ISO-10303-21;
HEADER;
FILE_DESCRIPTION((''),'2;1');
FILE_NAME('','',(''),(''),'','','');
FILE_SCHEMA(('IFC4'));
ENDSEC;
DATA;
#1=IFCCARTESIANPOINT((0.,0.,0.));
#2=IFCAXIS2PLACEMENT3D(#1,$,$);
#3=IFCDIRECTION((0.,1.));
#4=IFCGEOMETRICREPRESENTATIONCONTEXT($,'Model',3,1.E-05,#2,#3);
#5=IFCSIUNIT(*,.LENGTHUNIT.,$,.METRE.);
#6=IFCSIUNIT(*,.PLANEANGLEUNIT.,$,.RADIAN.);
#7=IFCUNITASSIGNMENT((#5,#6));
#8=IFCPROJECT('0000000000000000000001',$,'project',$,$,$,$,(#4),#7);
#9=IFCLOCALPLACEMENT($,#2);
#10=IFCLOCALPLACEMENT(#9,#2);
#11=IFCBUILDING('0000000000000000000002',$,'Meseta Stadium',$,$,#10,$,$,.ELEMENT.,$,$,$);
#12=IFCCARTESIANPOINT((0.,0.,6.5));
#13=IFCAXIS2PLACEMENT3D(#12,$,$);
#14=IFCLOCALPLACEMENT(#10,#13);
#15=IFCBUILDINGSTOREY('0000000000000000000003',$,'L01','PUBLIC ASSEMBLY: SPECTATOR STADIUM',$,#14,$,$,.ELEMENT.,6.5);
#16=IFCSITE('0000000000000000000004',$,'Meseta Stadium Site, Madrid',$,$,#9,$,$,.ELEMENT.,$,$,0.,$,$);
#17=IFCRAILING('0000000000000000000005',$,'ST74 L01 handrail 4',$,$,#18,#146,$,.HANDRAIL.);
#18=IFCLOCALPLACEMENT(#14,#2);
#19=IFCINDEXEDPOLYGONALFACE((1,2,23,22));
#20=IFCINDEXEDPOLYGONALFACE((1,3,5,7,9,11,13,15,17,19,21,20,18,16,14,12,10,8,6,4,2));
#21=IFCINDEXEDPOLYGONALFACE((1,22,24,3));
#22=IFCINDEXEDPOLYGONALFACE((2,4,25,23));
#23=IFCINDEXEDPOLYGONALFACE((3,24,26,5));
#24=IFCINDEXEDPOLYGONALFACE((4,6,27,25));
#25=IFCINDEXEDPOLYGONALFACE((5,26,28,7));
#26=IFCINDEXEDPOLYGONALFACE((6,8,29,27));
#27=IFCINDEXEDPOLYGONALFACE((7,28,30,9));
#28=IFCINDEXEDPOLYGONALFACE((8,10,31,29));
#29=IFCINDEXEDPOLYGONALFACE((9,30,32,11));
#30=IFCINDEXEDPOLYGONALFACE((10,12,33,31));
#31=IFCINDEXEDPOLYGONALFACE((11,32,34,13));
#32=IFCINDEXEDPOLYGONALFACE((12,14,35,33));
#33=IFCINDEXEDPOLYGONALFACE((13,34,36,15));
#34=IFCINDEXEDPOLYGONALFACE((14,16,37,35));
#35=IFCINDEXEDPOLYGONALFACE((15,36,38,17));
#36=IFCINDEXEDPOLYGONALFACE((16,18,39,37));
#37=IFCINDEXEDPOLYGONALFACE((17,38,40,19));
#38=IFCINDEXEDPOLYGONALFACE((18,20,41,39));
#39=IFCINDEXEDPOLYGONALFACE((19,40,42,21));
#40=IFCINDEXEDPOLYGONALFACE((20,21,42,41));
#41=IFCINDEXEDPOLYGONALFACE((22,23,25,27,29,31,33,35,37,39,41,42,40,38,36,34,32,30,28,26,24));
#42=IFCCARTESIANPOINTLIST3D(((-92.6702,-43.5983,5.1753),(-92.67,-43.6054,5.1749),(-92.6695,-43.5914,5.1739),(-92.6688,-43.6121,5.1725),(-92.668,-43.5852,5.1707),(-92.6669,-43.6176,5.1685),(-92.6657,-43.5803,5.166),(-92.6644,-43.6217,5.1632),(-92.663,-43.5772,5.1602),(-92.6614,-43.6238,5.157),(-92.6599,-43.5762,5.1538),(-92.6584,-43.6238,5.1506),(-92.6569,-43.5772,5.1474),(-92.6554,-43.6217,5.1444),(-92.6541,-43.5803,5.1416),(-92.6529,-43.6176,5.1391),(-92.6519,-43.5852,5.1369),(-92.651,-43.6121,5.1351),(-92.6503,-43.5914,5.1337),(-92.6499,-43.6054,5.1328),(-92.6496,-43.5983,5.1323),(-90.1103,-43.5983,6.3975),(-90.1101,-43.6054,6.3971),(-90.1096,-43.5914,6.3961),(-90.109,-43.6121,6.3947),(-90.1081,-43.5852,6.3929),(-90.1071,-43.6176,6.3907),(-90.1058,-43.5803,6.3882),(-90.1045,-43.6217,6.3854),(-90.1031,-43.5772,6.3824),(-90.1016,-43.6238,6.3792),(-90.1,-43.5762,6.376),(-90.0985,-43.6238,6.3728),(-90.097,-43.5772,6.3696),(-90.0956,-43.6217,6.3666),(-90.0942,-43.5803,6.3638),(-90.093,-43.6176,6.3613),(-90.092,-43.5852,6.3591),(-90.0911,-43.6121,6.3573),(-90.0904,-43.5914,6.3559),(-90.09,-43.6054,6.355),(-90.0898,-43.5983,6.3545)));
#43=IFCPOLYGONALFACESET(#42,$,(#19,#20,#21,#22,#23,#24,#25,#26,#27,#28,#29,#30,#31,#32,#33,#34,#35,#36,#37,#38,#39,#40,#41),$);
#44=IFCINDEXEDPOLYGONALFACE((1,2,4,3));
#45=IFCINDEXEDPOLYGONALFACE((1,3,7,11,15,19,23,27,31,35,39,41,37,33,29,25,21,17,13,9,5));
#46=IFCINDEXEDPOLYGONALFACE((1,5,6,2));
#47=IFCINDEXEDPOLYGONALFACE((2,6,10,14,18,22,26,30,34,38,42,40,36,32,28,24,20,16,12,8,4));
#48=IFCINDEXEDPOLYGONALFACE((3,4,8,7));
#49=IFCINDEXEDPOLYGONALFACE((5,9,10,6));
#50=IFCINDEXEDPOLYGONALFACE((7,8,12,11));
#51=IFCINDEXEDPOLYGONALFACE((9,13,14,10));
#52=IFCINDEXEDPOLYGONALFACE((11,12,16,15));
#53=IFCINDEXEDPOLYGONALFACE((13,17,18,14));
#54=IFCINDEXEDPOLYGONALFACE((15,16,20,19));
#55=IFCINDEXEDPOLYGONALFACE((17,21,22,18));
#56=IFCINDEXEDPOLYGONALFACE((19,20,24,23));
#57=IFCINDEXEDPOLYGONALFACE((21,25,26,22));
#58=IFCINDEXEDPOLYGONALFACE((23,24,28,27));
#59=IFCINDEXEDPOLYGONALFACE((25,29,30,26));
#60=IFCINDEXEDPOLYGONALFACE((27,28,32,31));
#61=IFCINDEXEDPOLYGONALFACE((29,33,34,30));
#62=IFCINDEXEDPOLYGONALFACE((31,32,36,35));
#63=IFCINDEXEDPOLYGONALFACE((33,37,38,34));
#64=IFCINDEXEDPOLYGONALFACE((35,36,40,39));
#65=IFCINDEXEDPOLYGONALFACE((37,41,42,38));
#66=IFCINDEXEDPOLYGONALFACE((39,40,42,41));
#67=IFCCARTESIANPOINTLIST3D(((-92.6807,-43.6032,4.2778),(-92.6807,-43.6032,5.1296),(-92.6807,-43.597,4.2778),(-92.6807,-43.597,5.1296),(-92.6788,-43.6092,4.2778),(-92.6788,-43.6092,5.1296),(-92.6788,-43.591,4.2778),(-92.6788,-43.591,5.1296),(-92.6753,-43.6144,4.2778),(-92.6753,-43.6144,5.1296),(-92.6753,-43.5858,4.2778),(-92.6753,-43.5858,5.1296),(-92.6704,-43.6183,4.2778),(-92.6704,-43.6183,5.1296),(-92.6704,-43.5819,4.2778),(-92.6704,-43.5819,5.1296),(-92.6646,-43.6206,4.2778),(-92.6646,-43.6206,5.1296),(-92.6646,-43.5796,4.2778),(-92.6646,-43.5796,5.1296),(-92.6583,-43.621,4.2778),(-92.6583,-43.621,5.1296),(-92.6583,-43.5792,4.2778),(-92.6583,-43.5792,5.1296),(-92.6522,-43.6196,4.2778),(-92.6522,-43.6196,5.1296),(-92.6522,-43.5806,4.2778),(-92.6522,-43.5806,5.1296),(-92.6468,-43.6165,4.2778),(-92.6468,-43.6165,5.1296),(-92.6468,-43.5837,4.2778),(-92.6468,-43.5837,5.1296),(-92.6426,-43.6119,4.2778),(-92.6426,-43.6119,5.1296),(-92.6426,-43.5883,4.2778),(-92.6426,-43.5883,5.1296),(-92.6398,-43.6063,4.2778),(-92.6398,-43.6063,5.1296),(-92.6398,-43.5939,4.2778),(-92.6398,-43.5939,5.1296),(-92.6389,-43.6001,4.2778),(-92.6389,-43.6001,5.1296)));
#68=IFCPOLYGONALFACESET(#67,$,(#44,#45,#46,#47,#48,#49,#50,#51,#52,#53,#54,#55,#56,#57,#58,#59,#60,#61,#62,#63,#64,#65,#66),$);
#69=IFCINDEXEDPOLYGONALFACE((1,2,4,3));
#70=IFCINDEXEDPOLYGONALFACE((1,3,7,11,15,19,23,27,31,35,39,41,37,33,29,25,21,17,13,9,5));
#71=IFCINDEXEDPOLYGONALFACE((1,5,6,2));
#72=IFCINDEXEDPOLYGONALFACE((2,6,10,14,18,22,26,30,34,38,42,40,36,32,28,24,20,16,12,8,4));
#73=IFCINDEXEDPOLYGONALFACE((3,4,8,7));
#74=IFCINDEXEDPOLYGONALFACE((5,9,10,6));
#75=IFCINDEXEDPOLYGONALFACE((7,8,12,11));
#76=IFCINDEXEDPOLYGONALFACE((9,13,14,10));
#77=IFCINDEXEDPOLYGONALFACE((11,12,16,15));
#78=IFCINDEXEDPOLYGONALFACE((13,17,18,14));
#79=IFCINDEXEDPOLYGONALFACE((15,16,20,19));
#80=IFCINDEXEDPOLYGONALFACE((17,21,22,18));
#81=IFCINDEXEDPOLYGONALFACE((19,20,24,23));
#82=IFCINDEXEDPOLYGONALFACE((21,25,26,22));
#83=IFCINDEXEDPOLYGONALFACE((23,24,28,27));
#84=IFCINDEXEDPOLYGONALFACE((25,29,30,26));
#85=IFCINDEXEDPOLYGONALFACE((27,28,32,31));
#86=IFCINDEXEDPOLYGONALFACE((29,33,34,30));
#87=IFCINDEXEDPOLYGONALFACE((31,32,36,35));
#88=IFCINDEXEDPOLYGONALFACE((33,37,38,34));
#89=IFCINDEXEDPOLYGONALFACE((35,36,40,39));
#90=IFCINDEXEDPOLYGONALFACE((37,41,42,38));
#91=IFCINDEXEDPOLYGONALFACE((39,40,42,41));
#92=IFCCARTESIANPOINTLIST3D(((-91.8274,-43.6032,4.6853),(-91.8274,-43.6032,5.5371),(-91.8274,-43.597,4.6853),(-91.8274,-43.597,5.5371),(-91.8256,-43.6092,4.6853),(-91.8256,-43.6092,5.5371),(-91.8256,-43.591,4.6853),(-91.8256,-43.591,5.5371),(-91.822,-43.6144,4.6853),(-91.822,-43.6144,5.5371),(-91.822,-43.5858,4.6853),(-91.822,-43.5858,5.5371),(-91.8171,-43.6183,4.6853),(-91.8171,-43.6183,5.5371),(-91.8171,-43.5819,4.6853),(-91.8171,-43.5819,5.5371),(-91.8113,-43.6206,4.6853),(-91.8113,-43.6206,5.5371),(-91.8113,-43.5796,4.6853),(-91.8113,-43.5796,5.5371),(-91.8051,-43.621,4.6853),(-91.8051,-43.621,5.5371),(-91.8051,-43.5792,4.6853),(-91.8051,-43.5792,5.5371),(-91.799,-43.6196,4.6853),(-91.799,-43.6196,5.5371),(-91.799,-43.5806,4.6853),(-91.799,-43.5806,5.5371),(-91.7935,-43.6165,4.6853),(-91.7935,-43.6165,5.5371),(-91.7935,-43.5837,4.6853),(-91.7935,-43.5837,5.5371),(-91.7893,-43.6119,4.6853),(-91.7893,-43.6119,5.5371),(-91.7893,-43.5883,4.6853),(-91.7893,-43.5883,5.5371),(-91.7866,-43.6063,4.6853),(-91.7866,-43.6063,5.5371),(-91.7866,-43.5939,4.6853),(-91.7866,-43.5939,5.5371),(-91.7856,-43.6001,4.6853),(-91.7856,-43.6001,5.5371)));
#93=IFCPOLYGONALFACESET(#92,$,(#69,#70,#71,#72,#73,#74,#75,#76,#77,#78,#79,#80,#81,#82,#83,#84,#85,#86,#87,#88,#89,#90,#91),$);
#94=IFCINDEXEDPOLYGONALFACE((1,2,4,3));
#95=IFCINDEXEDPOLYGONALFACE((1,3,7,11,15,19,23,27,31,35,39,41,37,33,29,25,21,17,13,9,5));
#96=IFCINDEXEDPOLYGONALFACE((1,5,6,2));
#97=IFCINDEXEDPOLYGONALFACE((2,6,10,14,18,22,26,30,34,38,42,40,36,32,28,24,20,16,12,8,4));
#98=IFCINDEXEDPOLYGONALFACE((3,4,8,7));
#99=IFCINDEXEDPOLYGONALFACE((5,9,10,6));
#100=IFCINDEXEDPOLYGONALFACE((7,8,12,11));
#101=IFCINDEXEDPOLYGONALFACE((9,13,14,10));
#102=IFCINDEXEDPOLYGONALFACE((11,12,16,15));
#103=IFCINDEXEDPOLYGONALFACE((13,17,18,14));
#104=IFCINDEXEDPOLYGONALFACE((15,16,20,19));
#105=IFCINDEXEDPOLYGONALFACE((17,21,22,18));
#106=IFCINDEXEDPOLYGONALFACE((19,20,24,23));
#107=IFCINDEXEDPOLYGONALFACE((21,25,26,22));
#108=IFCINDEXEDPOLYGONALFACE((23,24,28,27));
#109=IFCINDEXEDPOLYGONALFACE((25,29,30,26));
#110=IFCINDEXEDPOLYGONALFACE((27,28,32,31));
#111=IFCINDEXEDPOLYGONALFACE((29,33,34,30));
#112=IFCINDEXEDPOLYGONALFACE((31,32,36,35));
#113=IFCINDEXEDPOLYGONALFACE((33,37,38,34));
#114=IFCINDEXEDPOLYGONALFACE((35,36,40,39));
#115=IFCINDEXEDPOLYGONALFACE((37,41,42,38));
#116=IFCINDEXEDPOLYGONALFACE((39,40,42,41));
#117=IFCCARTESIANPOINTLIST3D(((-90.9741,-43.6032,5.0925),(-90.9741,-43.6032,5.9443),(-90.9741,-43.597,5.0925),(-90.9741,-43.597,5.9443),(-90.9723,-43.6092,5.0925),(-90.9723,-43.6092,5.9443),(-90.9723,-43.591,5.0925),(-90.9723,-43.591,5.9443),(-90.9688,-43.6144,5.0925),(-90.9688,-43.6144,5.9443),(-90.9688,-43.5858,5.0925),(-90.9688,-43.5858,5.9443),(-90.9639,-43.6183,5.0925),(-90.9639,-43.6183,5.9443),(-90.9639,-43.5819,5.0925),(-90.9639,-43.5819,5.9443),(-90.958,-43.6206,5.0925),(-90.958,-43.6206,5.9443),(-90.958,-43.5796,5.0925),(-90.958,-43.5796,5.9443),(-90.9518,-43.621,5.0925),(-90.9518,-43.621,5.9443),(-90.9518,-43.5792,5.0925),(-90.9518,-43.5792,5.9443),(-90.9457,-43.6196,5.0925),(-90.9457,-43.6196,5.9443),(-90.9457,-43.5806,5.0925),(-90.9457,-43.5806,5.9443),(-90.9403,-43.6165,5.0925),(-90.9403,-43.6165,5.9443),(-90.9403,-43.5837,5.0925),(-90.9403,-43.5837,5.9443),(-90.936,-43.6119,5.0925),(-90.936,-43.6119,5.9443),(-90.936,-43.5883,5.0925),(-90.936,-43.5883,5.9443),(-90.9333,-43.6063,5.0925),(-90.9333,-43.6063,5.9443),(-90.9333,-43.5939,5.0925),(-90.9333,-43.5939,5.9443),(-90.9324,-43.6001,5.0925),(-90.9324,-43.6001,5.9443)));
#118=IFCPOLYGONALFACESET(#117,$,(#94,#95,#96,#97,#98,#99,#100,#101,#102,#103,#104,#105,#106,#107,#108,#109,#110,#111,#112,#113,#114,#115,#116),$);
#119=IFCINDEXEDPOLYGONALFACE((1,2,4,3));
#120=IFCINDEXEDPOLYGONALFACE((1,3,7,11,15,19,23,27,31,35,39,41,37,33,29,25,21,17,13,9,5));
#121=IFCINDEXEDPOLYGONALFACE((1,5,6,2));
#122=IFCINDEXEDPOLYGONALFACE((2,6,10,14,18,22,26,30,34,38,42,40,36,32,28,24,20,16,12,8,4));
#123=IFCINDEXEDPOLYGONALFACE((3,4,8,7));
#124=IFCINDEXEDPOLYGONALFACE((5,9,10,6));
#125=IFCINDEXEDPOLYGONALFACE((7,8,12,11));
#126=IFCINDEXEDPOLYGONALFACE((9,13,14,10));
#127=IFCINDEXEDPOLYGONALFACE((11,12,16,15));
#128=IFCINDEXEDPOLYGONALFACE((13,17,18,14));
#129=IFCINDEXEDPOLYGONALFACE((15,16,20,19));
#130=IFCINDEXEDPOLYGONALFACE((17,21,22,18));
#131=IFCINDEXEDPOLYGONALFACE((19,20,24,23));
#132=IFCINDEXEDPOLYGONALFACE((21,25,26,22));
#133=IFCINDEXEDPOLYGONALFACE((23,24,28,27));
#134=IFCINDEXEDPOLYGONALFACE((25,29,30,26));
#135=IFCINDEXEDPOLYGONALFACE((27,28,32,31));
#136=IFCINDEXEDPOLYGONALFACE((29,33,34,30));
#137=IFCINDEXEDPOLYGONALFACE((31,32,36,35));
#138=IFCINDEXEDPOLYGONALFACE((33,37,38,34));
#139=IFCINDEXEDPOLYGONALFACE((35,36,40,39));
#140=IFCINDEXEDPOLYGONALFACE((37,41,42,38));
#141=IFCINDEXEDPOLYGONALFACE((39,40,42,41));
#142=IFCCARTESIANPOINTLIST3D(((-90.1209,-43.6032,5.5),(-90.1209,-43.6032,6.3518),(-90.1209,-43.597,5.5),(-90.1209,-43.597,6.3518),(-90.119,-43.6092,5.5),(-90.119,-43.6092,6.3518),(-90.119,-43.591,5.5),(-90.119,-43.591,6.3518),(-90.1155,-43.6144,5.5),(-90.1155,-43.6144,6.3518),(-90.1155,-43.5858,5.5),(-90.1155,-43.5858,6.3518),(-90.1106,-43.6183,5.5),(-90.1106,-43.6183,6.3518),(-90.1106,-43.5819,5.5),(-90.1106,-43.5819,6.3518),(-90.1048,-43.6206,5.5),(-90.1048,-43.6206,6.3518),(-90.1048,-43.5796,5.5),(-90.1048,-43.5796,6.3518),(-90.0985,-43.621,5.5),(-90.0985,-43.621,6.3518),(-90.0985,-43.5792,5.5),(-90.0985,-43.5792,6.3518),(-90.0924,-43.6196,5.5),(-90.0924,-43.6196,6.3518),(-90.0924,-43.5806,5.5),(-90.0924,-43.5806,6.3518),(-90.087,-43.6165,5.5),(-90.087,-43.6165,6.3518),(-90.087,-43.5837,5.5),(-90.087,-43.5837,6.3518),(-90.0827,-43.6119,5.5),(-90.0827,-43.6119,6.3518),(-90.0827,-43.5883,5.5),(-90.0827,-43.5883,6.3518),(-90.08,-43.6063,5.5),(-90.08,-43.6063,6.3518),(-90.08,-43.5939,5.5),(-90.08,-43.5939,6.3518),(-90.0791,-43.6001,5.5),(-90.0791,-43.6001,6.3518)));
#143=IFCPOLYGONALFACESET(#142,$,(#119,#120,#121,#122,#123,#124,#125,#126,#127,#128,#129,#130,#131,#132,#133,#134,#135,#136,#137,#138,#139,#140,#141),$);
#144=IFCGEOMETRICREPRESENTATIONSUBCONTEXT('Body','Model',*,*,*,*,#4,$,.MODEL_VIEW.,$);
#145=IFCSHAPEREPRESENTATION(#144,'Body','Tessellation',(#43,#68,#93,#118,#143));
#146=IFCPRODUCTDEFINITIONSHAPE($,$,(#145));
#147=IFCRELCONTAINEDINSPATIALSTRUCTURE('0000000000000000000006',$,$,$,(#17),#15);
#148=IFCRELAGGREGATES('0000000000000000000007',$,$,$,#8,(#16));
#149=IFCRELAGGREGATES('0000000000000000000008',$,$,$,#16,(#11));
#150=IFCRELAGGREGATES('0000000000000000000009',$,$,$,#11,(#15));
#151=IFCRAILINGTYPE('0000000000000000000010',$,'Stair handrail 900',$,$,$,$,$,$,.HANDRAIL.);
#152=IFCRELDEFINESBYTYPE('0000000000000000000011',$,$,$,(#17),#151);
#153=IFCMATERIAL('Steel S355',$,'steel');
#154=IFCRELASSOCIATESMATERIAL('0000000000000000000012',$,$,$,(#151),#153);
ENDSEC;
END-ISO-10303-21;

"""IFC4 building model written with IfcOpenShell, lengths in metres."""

from ifc_helpers import new_model, si_unit, direction, frame, origin, origin_2d, place, context, subcontext, project, spatial, circle, extrude, material, type_object, element, save


model = new_model("IFC4")

# Units and contexts
model_context = context("Model", 3, precision=1e-05, world=origin(), true_north=direction((0.0, 1.0)))
body_context = subcontext(model_context, "Body", "Model", "MODEL_VIEW")
ifc_project = project(units=[si_unit("LENGTHUNIT", "METRE"), si_unit("PLANEANGLEUNIT", "RADIAN")], contexts=[model_context])

# Site, building, storey
site_placement = place(None, origin())
site = spatial("IfcSite", under=ifc_project, at=site_placement, Name="Meseta Stadium Site, Madrid", CompositionType="ELEMENT", RefElevation=0.0)
building_placement = place(site_placement, origin())
building = spatial("IfcBuilding", under=site, at=building_placement, Name="Meseta Stadium", CompositionType="ELEMENT")
storey_placement = place(building_placement, frame((0.0, 0.0, 6.5)))
storey = spatial("IfcBuildingStorey", under=building, at=storey_placement, Name="L01", Description="PUBLIC ASSEMBLY: SPECTATOR STADIUM", CompositionType="ELEMENT", Elevation=6.5)

# Railing
ifc_material_1 = material(Name="Steel S355", Category="steel")
railing_type_1 = type_object("IfcRailingType", Name="Stair handrail 900", PredefinedType="HANDRAIL", material=ifc_material_1)
for number, where, name in (
    (1, (-92.6599, -43.6001, 4.2778), "ST74 L01 handrail 4"),
):
    element("IfcRailing", number, at=place(storey_placement, frame(where)), inside=storey, type_object=railing_type_1, Name=name, PredefinedType="HANDRAIL", context=body_context, shape_type="SweptSolid", body=[
        extrude(circle(Radius=0.0239, at=origin_2d()), frame((0.0, 0.0, 0.876), z_axis=(0.902421, 0.0, 0.430855), x_axis=(0.0, 1.0, 0.0)), (0.0, 0.0, 1.0), 2.8367),
        extrude(circle(Radius=0.021, at=origin_2d()), origin(), (0.0, 0.0, 1.0), 0.8518),
        extrude(circle(Radius=0.021, at=origin_2d()), frame((0.8533, 0.0, 0.4075)), (0.0, 0.0, 1.0), 0.8518),
        extrude(circle(Radius=0.021, at=origin_2d()), frame((1.7065, 0.0, 0.8147)), (0.0, 0.0, 1.0), 0.8518),
        extrude(circle(Radius=0.021, at=origin_2d()), frame((2.5598, 0.0, 1.2222)), (0.0, 0.0, 1.0), 0.8518),
    ])

save(model, "model.ifc")
